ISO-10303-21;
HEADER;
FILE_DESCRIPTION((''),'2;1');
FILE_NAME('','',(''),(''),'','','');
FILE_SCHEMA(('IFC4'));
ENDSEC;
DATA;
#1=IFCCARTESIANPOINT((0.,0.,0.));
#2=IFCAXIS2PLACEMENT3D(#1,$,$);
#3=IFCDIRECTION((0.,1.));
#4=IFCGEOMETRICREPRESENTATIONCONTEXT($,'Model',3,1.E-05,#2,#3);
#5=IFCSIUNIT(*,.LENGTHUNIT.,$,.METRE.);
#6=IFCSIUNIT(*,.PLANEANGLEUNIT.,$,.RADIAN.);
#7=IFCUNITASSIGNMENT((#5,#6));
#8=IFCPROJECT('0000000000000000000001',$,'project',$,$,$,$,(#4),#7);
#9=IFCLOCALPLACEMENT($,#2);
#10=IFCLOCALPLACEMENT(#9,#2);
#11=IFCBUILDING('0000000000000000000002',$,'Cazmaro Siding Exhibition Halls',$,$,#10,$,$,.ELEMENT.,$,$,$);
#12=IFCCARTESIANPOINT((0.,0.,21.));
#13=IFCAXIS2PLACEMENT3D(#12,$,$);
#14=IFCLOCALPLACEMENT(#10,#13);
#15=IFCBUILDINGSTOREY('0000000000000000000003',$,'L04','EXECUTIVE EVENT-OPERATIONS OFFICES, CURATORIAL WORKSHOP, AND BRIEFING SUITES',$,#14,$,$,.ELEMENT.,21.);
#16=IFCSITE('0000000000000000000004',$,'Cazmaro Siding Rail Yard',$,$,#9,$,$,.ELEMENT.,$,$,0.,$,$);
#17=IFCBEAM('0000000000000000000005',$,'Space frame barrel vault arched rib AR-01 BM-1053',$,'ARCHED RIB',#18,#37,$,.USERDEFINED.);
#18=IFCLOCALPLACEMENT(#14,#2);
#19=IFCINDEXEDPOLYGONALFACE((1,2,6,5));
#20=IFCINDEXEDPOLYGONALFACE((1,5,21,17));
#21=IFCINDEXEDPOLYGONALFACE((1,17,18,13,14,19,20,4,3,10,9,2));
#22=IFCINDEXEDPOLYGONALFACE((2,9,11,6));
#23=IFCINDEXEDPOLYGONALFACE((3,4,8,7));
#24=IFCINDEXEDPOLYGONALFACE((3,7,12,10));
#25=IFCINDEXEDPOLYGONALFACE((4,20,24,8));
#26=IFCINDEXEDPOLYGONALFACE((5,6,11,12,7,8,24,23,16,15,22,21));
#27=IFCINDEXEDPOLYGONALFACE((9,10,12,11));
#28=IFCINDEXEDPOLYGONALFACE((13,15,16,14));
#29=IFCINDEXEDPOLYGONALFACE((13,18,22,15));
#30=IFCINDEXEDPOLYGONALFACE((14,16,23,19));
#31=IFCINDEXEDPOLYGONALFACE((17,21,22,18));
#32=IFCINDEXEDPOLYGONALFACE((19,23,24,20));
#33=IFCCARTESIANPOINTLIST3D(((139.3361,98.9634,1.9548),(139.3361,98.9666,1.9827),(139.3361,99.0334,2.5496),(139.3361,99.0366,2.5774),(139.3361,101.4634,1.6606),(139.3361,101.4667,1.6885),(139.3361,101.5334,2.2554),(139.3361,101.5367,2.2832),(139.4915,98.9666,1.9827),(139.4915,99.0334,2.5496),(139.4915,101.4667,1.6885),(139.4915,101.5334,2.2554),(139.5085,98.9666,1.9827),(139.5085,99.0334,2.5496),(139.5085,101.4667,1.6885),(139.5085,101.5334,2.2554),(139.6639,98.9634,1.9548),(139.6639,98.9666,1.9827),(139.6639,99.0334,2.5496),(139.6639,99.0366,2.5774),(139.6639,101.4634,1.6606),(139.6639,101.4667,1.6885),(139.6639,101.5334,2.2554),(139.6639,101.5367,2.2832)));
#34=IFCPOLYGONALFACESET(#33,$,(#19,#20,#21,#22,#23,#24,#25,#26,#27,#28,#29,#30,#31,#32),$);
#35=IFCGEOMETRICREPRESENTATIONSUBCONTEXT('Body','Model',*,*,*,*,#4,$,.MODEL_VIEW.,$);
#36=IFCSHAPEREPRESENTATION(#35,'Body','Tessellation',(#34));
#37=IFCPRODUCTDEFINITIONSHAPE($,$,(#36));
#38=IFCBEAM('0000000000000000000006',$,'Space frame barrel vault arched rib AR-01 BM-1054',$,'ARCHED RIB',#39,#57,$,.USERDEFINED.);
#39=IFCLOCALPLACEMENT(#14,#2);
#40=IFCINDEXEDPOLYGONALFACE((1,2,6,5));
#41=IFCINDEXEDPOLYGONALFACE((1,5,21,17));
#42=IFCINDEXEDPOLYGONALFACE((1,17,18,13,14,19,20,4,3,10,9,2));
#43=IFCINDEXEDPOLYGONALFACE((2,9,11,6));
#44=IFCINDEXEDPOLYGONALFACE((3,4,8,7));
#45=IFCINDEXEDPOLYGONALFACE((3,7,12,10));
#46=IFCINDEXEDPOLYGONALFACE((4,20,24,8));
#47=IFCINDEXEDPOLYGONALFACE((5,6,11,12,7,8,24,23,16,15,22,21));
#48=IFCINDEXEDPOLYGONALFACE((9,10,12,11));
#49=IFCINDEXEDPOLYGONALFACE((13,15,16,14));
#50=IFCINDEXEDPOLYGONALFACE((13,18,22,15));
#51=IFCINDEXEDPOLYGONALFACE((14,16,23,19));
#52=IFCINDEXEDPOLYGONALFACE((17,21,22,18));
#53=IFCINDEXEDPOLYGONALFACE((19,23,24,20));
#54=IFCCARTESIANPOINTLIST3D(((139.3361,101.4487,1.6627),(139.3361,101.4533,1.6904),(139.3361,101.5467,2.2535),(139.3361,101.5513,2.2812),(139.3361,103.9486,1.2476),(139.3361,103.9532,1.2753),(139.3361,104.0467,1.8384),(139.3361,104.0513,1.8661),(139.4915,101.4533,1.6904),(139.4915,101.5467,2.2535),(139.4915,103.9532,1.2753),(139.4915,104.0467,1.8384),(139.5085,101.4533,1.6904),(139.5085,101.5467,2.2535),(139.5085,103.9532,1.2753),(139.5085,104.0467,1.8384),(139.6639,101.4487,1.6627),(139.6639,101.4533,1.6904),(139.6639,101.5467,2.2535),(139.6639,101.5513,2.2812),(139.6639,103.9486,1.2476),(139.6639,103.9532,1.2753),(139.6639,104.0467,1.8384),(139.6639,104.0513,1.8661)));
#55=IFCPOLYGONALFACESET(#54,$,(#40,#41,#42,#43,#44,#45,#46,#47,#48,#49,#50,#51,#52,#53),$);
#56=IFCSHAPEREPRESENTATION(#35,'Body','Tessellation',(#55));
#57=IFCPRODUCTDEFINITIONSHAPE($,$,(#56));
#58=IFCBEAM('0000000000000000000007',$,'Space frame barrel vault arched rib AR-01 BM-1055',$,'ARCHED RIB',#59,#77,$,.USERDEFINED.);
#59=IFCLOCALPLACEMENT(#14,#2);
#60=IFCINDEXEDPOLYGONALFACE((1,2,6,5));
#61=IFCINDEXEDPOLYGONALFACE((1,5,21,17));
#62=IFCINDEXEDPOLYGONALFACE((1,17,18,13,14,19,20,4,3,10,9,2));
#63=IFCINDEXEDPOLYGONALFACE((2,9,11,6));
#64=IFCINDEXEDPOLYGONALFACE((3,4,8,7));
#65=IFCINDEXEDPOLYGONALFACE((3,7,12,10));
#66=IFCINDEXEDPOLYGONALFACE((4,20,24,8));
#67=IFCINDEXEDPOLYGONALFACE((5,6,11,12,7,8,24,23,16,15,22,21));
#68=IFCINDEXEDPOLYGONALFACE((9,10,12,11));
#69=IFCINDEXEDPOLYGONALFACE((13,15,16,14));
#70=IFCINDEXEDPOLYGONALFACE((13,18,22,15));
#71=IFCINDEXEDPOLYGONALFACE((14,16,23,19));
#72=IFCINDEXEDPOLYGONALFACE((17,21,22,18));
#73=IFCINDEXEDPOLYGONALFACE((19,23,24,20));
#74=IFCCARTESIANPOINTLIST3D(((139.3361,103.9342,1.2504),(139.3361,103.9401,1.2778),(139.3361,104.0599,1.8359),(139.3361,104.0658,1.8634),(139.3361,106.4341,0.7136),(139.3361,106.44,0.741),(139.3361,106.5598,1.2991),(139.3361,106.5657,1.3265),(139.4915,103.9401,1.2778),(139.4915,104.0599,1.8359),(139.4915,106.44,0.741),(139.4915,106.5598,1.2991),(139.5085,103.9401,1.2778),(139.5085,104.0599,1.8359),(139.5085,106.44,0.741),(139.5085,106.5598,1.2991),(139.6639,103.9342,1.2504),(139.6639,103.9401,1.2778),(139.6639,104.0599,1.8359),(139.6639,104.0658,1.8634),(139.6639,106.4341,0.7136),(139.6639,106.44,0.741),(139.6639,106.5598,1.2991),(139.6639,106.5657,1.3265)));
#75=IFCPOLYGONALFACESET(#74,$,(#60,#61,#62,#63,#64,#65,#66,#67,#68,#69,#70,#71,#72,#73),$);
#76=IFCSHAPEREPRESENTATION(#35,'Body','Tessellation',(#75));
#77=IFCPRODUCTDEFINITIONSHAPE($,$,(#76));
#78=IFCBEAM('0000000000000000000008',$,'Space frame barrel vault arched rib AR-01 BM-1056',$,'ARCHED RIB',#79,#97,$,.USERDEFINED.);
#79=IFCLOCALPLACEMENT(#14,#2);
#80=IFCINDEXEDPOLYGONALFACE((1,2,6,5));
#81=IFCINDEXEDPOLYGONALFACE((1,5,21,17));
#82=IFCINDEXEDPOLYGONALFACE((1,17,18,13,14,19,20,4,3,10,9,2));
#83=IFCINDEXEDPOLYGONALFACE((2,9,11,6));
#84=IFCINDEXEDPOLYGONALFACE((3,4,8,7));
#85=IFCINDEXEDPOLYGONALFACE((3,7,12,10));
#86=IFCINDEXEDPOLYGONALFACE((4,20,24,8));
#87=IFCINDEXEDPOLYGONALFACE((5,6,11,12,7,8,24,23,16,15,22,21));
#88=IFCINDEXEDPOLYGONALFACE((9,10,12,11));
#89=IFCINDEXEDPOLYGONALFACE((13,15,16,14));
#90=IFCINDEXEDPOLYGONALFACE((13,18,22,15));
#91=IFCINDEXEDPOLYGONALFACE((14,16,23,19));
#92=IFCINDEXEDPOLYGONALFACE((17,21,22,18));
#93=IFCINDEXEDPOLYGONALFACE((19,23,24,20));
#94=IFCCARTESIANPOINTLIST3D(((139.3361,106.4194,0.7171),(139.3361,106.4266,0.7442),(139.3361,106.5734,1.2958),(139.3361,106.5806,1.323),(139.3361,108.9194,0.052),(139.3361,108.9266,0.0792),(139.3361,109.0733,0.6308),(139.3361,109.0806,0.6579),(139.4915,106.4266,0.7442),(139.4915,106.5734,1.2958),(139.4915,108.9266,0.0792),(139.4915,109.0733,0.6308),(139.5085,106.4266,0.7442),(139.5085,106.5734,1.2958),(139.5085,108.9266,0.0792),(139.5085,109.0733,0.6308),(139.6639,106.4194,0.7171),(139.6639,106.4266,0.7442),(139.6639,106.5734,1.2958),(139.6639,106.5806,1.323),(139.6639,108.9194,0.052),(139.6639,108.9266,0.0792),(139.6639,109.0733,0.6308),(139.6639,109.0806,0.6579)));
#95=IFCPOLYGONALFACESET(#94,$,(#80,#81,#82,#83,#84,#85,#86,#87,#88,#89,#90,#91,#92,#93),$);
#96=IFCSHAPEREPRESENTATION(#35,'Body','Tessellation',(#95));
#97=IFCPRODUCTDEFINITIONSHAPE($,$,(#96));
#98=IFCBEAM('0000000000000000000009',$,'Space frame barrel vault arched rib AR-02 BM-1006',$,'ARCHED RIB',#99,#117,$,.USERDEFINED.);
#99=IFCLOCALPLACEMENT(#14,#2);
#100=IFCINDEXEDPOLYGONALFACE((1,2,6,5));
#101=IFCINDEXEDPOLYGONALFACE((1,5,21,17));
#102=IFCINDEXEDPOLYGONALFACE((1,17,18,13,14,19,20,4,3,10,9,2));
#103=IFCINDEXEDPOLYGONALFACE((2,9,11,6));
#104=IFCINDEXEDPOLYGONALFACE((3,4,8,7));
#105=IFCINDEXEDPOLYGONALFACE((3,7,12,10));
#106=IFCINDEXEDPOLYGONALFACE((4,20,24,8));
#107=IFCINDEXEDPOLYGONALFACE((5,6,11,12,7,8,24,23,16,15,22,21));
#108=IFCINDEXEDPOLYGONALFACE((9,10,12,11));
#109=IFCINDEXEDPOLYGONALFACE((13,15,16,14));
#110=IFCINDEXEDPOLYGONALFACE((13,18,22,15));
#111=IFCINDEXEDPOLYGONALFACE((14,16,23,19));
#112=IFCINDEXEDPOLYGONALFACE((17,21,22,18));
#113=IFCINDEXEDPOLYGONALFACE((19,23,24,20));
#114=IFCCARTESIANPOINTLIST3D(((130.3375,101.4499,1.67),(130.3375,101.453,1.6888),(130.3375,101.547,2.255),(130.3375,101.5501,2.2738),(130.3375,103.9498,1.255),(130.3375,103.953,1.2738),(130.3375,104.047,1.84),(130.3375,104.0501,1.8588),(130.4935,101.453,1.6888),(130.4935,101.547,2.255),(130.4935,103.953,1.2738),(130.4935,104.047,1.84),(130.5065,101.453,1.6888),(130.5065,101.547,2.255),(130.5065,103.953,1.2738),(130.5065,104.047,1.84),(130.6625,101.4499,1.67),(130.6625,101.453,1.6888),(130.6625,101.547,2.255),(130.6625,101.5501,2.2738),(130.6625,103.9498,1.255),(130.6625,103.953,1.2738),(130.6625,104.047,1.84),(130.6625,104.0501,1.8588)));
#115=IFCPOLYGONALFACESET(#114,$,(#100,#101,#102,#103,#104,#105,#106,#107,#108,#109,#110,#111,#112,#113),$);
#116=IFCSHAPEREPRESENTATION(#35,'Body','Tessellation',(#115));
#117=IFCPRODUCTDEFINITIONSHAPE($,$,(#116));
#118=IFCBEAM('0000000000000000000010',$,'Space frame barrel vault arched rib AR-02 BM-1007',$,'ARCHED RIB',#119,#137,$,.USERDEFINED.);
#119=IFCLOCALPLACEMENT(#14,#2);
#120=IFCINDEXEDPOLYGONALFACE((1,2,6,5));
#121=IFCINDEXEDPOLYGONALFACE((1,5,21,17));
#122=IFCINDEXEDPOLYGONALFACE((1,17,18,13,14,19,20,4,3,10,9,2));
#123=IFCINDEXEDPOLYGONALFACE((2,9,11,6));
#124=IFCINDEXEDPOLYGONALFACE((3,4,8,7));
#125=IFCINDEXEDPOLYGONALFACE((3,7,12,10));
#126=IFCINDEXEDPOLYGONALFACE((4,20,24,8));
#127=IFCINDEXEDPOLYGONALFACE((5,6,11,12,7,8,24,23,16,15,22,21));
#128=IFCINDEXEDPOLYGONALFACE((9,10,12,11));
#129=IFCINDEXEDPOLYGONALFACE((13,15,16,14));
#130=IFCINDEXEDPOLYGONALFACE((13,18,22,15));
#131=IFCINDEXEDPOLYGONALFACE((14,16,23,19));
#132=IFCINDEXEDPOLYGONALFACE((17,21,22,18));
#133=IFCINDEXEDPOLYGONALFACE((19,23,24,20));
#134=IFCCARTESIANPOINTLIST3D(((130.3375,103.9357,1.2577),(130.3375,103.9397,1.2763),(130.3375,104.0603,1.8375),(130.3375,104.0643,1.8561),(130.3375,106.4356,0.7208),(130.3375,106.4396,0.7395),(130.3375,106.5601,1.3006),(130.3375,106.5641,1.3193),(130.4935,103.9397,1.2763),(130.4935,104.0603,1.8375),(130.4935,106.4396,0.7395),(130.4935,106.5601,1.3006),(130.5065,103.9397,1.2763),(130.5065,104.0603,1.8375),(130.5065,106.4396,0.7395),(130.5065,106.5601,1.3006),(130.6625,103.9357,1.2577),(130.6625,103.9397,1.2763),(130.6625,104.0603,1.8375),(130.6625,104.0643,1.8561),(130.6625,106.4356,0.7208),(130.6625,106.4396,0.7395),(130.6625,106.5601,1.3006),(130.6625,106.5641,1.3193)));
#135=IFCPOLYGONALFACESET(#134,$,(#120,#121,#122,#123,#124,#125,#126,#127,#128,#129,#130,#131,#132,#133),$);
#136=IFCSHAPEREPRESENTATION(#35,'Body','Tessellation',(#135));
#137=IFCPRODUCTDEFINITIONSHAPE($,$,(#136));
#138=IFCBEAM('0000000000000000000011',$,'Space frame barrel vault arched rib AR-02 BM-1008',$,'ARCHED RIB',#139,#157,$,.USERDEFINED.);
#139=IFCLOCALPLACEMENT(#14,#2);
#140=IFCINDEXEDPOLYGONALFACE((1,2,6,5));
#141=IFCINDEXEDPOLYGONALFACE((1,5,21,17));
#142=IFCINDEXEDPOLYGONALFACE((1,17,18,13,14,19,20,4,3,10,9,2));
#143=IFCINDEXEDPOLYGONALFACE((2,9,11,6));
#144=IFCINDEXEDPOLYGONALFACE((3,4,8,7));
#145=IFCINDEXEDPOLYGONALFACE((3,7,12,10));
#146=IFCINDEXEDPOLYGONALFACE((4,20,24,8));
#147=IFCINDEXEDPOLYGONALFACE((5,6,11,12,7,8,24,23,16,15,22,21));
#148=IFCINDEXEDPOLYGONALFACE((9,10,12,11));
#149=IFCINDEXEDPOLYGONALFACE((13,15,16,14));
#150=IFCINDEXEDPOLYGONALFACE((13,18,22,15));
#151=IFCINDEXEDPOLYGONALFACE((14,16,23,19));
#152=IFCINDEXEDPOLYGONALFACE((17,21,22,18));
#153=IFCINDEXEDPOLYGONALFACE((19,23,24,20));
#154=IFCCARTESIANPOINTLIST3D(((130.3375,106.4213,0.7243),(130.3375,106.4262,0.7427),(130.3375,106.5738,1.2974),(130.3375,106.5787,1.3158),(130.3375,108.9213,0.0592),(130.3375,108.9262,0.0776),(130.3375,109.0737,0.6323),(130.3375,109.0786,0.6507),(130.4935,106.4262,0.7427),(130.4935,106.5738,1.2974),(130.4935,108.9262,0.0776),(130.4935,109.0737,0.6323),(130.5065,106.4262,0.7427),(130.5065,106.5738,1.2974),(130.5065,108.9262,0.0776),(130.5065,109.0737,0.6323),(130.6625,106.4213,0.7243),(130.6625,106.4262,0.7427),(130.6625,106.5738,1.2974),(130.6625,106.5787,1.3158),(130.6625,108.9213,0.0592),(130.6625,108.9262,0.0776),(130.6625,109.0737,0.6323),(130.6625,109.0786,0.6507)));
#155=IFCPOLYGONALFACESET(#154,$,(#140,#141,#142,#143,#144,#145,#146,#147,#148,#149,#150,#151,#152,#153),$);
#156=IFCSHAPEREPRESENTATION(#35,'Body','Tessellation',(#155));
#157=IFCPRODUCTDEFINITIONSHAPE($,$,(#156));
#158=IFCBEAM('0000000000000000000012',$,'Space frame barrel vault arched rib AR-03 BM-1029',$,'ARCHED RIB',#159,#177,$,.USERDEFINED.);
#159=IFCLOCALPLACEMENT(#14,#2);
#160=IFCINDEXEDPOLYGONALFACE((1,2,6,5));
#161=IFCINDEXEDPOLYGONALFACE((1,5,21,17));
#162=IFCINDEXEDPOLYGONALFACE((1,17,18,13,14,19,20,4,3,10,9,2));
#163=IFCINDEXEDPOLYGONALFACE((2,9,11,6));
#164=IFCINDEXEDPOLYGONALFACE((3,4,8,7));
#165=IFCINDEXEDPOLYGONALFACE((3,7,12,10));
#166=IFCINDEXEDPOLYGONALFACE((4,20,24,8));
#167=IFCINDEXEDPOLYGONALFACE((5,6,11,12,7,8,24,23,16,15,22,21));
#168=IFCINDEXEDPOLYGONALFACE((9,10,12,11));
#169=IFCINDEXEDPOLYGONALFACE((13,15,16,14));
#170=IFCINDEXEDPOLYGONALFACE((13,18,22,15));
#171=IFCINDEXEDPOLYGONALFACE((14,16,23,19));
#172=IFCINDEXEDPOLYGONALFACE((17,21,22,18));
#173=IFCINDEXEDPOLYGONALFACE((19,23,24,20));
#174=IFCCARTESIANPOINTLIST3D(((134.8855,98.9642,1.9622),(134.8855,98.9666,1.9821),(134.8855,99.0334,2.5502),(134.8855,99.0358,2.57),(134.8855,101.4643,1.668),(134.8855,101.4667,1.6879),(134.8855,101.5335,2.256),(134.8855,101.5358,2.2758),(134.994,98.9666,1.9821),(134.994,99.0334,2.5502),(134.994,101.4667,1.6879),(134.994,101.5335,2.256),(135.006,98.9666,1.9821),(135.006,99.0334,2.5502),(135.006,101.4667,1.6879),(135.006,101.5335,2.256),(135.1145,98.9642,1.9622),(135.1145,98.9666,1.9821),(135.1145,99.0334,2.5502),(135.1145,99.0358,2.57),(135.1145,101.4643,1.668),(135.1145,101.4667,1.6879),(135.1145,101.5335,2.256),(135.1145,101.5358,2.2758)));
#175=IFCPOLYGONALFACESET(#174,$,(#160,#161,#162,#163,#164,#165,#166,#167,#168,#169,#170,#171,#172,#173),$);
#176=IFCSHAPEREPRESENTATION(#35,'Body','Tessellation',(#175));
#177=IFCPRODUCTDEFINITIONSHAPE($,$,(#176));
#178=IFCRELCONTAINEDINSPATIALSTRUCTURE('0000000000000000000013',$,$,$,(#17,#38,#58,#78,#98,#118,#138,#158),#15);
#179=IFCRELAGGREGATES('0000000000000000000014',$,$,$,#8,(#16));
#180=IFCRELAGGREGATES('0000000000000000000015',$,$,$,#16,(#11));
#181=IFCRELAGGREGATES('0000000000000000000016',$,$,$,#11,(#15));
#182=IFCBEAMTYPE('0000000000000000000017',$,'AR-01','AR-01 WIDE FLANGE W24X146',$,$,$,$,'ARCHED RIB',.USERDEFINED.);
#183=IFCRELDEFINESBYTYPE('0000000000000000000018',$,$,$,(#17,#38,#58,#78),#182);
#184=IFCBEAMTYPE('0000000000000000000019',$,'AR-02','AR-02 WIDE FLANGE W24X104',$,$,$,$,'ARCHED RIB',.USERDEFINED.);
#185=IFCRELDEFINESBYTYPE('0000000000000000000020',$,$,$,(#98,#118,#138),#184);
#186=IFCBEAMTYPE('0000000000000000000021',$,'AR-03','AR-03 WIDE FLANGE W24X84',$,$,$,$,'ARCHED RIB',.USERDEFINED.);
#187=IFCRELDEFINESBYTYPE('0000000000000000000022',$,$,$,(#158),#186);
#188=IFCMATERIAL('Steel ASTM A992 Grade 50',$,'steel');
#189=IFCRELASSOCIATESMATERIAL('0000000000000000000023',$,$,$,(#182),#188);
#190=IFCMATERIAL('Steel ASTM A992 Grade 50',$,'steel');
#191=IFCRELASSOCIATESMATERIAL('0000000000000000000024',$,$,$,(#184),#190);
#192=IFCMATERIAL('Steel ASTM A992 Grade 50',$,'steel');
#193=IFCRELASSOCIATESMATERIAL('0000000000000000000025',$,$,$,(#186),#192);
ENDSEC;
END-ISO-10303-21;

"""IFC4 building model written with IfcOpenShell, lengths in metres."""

from ifc_helpers import new_model, si_unit, direction, frame, origin, origin_2d, place, context, subcontext, project, spatial, i_section, extrude, material, material_profile, profile_set, type_object, element, save


model = new_model("IFC4")

# Units and contexts
model_context = context("Model", 3, precision=1e-05, world=origin(), true_north=direction((0.0, 1.0)))
body_context = subcontext(model_context, "Body", "Model", "MODEL_VIEW")
ifc_project = project(units=[si_unit("LENGTHUNIT", "METRE"), si_unit("PLANEANGLEUNIT", "RADIAN")], contexts=[model_context])

# Site, building, storey
site_placement = place(None, origin())
site = spatial("IfcSite", under=ifc_project, at=site_placement, Name="Cazmaro Siding Rail Yard", CompositionType="ELEMENT", RefElevation=0.0)
building_placement = place(site_placement, origin())
building = spatial("IfcBuilding", under=site, at=building_placement, Name="Cazmaro Siding Exhibition Halls", CompositionType="ELEMENT")
storey_placement = place(building_placement, frame((0.0, 0.0, 21.0)))
storey = spatial("IfcBuildingStorey", under=building, at=storey_placement, Name="L04", Description="EXECUTIVE EVENT-OPERATIONS OFFICES, CURATORIAL WORKSHOP, AND BRIEFING SUITES", CompositionType="ELEMENT", Elevation=21.0)

# Beams
ifc_material_1 = material(Name="Steel ASTM A992 Grade 50", Category="steel")
ifc_material_profile_1 = material_profile(ifc_material_1, i_section(OverallWidth=0.3279, OverallDepth=0.627, WebThickness=0.0171, FlangeThickness=0.0281, at=origin_2d()), Name="W24X146")
ifc_profile_set_1 = profile_set([ifc_material_profile_1], Name="Steel ASTM A992 Grade 50")
beam_type_1 = type_object("IfcBeamType", Name="AR-01", Description="AR-01 WIDE FLANGE W24X146", ElementType="ARCHED RIB", PredefinedType="USERDEFINED", material=ifc_profile_set_1)
beam_1_placement = place(storey_placement, frame((139.5, 99.0, 2.2661), z_axis=(0.0, 0.993147, -0.116869), x_axis=(-1.0, 0.0, 0.0)))
element("IfcBeam", 1, at=beam_1_placement, inside=storey, type_object=beam_type_1, Name="Space frame barrel vault arched rib AR-01 BM-1053", ObjectType="ARCHED RIB", PredefinedType="USERDEFINED", context=body_context, shape_type="SweptSolid", body=[
    extrude(i_section(OverallWidth=0.3279, OverallDepth=0.627, WebThickness=0.0171, FlangeThickness=0.0281, at=origin_2d()), origin(), (0.0, 0.0, 1.0), 2.5173),
])
beam_2_placement = place(storey_placement, frame((139.5, 101.5, 1.9719), z_axis=(0.0, 0.986498, -0.163774), x_axis=(-1.0, 0.0, 0.0)))
element("IfcBeam", 2, at=beam_2_placement, inside=storey, type_object=beam_type_1, Name="Space frame barrel vault arched rib AR-01 BM-1054", ObjectType="ARCHED RIB", PredefinedType="USERDEFINED", context=body_context, shape_type="SweptSolid", body=[
    extrude(i_section(OverallWidth=0.3279, OverallDepth=0.627, WebThickness=0.0171, FlangeThickness=0.0281, at=origin_2d()), origin(), (0.0, 0.0, 1.0), 2.5342),
])
beam_3_placement = place(storey_placement, frame((139.5, 104.0, 1.5569), z_axis=(0.0, 0.97771, -0.209959), x_axis=(-1.0, 0.0, 0.0)))
element("IfcBeam", 3, at=beam_3_placement, inside=storey, type_object=beam_type_1, Name="Space frame barrel vault arched rib AR-01 BM-1055", ObjectType="ARCHED RIB", PredefinedType="USERDEFINED", context=body_context, shape_type="SweptSolid", body=[
    extrude(i_section(OverallWidth=0.3279, OverallDepth=0.627, WebThickness=0.0171, FlangeThickness=0.0281, at=origin_2d()), origin(), (0.0, 0.0, 1.0), 2.5569),
])
beam_4_placement = place(storey_placement, frame((139.5, 106.5, 1.02), z_axis=(0.0, 0.966391, -0.257075), x_axis=(-1.0, 0.0, 0.0)))
element("IfcBeam", 4, at=beam_4_placement, inside=storey, type_object=beam_type_1, Name="Space frame barrel vault arched rib AR-01 BM-1056", ObjectType="ARCHED RIB", PredefinedType="USERDEFINED", context=body_context, shape_type="SweptSolid", body=[
    extrude(i_section(OverallWidth=0.3279, OverallDepth=0.627, WebThickness=0.0171, FlangeThickness=0.0281, at=origin_2d()), origin(), (0.0, 0.0, 1.0), 2.5869),
])
ifc_material_2 = material(Name="Steel ASTM A992 Grade 50", Category="steel")
ifc_material_profile_2 = material_profile(ifc_material_2, i_section(OverallWidth=0.325, OverallDepth=0.6121, WebThickness=0.0129, FlangeThickness=0.019, at=origin_2d()), Name="W24X104")
ifc_profile_set_2 = profile_set([ifc_material_profile_2], Name="Steel ASTM A992 Grade 50")
beam_type_2 = type_object("IfcBeamType", Name="AR-02", Description="AR-02 WIDE FLANGE W24X104", ElementType="ARCHED RIB", PredefinedType="USERDEFINED", material=ifc_profile_set_2)
beam_5_placement = place(storey_placement, frame((130.5, 101.5, 1.9719), z_axis=(0.0, 0.986498, -0.163774), x_axis=(-1.0, 0.0, 0.0)))
element("IfcBeam", 5, at=beam_5_placement, inside=storey, type_object=beam_type_2, Name="Space frame barrel vault arched rib AR-02 BM-1006", ObjectType="ARCHED RIB", PredefinedType="USERDEFINED", context=body_context, shape_type="SweptSolid", body=[
    extrude(i_section(OverallWidth=0.325, OverallDepth=0.6121, WebThickness=0.0129, FlangeThickness=0.019, at=origin_2d()), origin(), (0.0, 0.0, 1.0), 2.5342),
])
beam_6_placement = place(storey_placement, frame((130.5, 104.0, 1.5569), z_axis=(0.0, 0.97771, -0.209959), x_axis=(-1.0, 0.0, 0.0)))
element("IfcBeam", 6, at=beam_6_placement, inside=storey, type_object=beam_type_2, Name="Space frame barrel vault arched rib AR-02 BM-1007", ObjectType="ARCHED RIB", PredefinedType="USERDEFINED", context=body_context, shape_type="SweptSolid", body=[
    extrude(i_section(OverallWidth=0.325, OverallDepth=0.6121, WebThickness=0.0129, FlangeThickness=0.019, at=origin_2d()), origin(), (0.0, 0.0, 1.0), 2.5569),
])
beam_7_placement = place(storey_placement, frame((130.5, 106.5, 1.02), z_axis=(0.0, 0.966391, -0.257075), x_axis=(-1.0, 0.0, 0.0)))
element("IfcBeam", 7, at=beam_7_placement, inside=storey, type_object=beam_type_2, Name="Space frame barrel vault arched rib AR-02 BM-1008", ObjectType="ARCHED RIB", PredefinedType="USERDEFINED", context=body_context, shape_type="SweptSolid", body=[
    extrude(i_section(OverallWidth=0.325, OverallDepth=0.6121, WebThickness=0.0129, FlangeThickness=0.019, at=origin_2d()), origin(), (0.0, 0.0, 1.0), 2.5869),
])
ifc_material_3 = material(Name="Steel ASTM A992 Grade 50", Category="steel")
ifc_material_profile_3 = material_profile(ifc_material_3, i_section(OverallWidth=0.229, OverallDepth=0.6121, WebThickness=0.012, FlangeThickness=0.02, at=origin_2d()), Name="W24X84")
ifc_profile_set_3 = profile_set([ifc_material_profile_3], Name="Steel ASTM A992 Grade 50")
beam_type_3 = type_object("IfcBeamType", Name="AR-03", Description="AR-03 WIDE FLANGE W24X84", ElementType="ARCHED RIB", PredefinedType="USERDEFINED", material=ifc_profile_set_3)
beam_8_placement = place(storey_placement, frame((135.0, 99.0, 2.2661), z_axis=(0.0, 0.993147, -0.116869), x_axis=(-1.0, 0.0, 0.0)))
element("IfcBeam", 8, at=beam_8_placement, inside=storey, type_object=beam_type_3, Name="Space frame barrel vault arched rib AR-03 BM-1029", ObjectType="ARCHED RIB", PredefinedType="USERDEFINED", context=body_context, shape_type="SweptSolid", body=[
    extrude(i_section(OverallWidth=0.229, OverallDepth=0.6121, WebThickness=0.012, FlangeThickness=0.02, at=origin_2d()), origin(), (0.0, 0.0, 1.0), 2.5173),
])

save(model, "model.ifc")
